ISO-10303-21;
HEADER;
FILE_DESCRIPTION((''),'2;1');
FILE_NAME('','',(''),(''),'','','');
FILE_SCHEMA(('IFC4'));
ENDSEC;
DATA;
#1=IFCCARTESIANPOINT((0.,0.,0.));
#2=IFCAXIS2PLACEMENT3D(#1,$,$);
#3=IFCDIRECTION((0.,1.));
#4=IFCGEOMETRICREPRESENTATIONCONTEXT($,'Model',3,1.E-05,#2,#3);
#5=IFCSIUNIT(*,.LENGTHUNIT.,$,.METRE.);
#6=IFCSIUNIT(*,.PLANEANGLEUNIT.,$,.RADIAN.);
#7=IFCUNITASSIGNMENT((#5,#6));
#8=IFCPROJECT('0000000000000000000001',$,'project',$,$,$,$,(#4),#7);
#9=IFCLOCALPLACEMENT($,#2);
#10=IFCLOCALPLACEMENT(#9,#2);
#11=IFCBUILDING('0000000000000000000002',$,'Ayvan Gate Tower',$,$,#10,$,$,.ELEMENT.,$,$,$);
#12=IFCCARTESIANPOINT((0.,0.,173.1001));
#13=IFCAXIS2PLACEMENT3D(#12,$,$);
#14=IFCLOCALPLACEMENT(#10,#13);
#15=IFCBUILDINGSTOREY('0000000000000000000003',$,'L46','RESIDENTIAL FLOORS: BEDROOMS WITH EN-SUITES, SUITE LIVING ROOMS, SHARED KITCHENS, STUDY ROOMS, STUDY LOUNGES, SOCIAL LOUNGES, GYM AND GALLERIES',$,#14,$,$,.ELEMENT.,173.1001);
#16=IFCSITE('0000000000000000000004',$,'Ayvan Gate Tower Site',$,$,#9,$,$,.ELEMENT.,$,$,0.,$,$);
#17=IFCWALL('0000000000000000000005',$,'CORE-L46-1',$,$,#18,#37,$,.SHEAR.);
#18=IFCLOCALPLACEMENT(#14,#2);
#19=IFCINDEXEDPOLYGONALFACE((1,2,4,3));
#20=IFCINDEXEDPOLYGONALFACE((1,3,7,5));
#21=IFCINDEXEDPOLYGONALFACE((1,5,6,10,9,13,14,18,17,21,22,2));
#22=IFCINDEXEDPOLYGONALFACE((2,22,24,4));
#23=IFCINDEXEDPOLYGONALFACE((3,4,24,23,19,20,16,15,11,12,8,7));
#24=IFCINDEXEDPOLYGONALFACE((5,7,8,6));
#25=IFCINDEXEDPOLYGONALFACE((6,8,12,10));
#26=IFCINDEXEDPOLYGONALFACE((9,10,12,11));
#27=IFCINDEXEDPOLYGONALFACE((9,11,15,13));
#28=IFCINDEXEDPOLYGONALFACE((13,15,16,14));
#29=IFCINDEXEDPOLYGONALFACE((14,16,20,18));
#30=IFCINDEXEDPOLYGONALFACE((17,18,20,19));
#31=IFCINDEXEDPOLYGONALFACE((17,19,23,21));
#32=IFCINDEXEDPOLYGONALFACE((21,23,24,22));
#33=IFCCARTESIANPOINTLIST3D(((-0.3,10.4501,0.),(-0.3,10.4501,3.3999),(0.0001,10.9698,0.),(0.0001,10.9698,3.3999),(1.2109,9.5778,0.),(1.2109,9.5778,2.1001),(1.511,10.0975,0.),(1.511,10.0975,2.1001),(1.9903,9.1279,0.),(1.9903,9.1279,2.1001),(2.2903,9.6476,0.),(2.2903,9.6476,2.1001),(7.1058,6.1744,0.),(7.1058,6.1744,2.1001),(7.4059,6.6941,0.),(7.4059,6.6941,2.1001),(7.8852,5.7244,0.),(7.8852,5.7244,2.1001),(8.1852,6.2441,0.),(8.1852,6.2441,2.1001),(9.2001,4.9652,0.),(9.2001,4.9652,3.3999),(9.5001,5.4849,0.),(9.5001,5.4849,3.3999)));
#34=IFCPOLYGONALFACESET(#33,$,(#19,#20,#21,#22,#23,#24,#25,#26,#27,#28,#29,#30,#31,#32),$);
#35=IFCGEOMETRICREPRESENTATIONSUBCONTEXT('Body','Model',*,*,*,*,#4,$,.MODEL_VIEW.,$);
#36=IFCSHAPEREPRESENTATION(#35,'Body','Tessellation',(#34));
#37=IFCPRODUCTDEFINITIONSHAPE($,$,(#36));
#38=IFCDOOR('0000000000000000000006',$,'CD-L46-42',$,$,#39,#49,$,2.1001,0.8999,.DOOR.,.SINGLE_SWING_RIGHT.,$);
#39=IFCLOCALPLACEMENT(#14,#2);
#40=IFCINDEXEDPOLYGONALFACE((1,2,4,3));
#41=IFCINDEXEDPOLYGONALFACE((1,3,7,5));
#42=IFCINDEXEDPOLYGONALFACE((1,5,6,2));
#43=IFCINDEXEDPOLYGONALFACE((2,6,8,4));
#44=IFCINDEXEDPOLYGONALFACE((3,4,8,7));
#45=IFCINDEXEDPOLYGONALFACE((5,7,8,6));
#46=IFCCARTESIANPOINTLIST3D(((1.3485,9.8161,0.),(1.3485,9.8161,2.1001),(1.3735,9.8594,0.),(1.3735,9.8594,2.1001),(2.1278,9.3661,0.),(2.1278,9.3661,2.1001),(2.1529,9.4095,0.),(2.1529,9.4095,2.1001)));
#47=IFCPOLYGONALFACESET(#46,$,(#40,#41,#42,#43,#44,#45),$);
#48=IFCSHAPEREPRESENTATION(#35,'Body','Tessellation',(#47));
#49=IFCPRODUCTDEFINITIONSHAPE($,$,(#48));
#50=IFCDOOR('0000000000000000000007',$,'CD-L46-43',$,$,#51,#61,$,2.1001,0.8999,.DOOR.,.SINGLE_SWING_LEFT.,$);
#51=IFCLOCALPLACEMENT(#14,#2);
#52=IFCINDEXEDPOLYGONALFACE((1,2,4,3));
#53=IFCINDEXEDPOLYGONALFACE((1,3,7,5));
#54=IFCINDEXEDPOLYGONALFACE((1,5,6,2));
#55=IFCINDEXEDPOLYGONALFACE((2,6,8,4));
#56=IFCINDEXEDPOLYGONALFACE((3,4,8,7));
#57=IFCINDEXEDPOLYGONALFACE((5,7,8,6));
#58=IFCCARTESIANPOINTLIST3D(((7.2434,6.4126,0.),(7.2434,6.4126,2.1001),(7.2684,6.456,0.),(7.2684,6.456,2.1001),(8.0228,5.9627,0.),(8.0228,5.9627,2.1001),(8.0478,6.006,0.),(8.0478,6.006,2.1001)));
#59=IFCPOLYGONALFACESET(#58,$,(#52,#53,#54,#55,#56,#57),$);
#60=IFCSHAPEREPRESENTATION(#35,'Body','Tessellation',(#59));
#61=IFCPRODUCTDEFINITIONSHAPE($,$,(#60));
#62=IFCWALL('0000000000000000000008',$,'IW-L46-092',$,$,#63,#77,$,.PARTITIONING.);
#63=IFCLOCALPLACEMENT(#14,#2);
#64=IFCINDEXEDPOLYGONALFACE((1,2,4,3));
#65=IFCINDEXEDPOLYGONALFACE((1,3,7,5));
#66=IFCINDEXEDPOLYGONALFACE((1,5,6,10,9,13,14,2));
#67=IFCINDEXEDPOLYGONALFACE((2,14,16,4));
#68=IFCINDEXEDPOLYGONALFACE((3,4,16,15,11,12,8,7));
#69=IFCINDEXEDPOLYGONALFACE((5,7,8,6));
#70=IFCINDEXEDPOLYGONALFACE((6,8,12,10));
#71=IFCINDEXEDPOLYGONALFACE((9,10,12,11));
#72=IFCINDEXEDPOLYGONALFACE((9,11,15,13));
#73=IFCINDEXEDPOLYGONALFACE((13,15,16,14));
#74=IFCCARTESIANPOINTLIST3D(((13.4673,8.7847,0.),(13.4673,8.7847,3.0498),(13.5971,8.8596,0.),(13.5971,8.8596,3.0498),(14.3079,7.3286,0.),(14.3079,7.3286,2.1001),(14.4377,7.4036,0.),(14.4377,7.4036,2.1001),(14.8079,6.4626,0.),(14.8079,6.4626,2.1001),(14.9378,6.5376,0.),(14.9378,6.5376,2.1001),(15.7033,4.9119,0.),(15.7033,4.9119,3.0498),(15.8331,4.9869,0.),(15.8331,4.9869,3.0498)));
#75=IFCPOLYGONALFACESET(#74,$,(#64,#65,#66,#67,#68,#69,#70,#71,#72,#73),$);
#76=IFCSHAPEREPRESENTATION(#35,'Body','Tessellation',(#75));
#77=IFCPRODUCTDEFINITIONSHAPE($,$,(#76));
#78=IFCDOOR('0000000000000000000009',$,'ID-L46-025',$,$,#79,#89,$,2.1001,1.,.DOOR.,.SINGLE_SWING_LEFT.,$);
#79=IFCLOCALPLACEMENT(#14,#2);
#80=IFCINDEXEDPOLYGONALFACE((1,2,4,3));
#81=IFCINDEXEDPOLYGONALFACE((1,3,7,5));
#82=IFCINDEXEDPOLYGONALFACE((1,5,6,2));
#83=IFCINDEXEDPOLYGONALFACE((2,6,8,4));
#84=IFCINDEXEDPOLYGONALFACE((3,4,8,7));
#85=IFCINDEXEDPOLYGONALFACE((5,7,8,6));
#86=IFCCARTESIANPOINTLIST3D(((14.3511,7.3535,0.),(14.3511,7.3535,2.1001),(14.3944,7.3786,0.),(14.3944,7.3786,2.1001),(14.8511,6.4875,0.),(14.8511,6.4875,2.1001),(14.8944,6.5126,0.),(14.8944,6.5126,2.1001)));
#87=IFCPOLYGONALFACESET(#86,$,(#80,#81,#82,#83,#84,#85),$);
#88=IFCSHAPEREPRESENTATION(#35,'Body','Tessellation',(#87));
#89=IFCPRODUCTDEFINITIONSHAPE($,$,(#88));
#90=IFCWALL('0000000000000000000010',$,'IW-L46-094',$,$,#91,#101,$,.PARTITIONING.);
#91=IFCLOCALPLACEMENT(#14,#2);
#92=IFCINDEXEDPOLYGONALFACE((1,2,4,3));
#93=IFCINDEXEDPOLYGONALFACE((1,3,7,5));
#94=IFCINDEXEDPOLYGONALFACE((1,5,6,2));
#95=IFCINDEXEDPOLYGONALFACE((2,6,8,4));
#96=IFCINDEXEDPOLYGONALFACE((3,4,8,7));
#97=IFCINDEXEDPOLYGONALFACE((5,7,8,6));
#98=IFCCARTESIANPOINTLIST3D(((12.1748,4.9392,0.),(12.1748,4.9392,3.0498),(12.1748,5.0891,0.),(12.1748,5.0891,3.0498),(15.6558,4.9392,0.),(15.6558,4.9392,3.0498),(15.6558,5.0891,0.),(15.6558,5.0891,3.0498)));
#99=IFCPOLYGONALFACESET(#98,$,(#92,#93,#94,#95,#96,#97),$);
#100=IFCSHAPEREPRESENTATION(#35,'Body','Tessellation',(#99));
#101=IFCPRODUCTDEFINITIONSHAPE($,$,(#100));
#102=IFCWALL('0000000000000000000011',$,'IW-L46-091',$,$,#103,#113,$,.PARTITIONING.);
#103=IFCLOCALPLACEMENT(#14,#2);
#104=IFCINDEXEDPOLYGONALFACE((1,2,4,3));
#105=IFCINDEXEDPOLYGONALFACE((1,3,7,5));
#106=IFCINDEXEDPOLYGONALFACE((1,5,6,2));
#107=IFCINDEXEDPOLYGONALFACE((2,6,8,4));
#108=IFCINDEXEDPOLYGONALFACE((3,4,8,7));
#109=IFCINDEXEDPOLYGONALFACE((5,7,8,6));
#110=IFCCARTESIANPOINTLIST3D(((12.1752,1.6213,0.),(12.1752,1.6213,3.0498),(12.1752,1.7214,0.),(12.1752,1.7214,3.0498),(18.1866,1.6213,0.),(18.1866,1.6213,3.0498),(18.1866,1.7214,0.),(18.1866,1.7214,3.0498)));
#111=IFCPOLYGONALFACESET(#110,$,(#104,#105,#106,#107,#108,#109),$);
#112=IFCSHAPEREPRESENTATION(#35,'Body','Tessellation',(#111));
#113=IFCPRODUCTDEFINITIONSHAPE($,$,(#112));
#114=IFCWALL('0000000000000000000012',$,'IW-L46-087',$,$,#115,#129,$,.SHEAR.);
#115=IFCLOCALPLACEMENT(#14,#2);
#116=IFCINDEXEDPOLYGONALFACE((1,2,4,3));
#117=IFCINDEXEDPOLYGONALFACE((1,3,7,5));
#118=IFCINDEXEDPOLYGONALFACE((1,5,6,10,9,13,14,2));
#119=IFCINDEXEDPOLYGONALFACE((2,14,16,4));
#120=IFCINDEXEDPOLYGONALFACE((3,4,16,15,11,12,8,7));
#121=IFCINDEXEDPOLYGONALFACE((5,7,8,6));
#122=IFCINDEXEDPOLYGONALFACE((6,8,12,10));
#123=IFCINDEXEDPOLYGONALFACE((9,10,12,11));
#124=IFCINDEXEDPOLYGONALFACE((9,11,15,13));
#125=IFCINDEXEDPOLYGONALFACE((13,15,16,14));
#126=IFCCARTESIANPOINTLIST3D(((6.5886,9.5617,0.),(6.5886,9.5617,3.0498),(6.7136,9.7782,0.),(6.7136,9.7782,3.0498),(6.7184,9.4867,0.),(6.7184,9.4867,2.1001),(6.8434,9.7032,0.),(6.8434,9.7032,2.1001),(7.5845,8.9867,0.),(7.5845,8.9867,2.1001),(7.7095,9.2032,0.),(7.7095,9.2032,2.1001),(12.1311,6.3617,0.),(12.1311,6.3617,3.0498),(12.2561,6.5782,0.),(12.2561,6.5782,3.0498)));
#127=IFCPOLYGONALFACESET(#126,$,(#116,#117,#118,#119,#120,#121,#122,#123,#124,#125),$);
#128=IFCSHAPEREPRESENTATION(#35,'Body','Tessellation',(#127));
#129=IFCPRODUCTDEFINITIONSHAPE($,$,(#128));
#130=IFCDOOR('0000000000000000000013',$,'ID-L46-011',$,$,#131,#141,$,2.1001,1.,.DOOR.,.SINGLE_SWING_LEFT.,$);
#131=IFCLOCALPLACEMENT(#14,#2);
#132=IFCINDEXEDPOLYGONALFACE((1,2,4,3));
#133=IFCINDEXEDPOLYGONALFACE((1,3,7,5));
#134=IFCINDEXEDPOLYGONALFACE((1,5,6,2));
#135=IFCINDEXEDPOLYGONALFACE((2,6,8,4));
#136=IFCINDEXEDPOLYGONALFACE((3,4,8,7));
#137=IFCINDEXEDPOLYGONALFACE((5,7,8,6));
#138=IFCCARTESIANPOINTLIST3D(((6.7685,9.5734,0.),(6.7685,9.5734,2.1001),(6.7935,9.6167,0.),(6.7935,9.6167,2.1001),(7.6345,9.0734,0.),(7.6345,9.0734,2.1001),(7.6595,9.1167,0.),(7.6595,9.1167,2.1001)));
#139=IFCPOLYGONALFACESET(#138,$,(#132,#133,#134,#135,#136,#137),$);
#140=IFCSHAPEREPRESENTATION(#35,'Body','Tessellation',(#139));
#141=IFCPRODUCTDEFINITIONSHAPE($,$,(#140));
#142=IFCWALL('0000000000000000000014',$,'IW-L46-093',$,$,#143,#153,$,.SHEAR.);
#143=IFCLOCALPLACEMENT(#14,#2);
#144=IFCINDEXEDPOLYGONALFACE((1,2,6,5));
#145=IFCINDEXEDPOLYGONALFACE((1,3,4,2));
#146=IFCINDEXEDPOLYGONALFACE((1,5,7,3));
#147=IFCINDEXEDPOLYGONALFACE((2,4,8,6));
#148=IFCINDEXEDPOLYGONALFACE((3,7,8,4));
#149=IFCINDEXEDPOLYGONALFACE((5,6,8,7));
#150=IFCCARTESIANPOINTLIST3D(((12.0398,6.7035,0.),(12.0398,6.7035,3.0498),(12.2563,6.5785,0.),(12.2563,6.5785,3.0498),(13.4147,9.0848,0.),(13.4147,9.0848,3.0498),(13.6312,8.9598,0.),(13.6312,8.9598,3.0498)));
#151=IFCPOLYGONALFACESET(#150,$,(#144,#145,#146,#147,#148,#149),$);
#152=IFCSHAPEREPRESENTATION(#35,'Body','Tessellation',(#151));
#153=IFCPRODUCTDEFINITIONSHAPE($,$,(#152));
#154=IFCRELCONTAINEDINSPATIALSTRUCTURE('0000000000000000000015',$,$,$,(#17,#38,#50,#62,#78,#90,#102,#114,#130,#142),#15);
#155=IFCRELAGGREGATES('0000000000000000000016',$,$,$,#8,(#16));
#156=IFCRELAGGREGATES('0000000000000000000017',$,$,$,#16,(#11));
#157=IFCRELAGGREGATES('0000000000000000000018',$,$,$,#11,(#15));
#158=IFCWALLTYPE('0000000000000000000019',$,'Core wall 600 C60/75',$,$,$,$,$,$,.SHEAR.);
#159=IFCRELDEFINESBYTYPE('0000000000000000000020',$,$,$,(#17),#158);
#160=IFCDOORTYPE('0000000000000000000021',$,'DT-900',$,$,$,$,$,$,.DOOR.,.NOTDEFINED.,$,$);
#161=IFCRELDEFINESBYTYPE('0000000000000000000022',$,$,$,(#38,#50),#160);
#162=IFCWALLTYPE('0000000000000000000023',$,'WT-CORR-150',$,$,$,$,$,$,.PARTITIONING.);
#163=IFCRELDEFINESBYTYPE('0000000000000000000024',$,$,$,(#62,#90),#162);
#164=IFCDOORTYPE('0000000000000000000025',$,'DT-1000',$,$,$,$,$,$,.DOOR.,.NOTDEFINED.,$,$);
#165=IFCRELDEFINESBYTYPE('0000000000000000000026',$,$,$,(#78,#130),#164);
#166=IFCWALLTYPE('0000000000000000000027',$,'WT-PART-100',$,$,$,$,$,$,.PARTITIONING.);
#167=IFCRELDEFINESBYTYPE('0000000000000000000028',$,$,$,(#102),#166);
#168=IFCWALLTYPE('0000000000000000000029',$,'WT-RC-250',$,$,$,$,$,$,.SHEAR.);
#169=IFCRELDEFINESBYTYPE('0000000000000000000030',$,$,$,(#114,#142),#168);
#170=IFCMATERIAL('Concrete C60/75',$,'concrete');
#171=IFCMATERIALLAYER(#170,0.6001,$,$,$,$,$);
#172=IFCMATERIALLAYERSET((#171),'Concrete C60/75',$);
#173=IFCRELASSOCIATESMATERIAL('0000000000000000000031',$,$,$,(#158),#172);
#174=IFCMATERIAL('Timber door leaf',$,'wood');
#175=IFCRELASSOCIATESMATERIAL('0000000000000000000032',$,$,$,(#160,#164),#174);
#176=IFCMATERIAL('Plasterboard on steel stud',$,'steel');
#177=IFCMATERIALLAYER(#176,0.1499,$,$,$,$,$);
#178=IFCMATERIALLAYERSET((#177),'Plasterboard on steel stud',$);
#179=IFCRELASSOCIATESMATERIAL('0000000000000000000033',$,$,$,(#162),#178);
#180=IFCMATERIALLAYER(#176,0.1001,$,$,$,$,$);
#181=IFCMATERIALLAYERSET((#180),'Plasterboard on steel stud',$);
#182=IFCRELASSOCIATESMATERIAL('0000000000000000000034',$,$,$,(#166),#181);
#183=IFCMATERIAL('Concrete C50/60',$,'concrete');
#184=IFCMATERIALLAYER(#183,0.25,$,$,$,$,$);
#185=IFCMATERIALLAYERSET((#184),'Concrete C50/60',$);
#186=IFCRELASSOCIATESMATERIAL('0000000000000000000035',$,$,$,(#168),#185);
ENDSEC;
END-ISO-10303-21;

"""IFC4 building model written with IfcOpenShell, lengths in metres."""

from ifc_helpers import new_model, si_unit, direction, frame, frame_2d, origin, place, context, subcontext, project, spatial, rectangle, extrude, material, layer, layer_set, type_object, element, fill, save


model = new_model("IFC4")

# Units and contexts
model_context = context("Model", 3, precision=1e-05, world=origin(), true_north=direction((0.0, 1.0)))
body_context = subcontext(model_context, "Body", "Model", "MODEL_VIEW")
ifc_project = project(units=[si_unit("LENGTHUNIT", "METRE"), si_unit("PLANEANGLEUNIT", "RADIAN")], contexts=[model_context])

# Site, building, storey
site_placement = place(None, origin())
site = spatial("IfcSite", under=ifc_project, at=site_placement, Name="Ayvan Gate Tower Site", CompositionType="ELEMENT", RefElevation=0.0)
building_placement = place(site_placement, origin())
building = spatial("IfcBuilding", under=site, at=building_placement, Name="Ayvan Gate Tower", CompositionType="ELEMENT")
storey_placement = place(building_placement, frame((0.0, 0.0, 173.1001)))
storey = spatial("IfcBuildingStorey", under=building, at=storey_placement, Name="L46", Description="RESIDENTIAL FLOORS: BEDROOMS WITH EN-SUITES, SUITE LIVING ROOMS, SHARED KITCHENS, STUDY ROOMS, STUDY LOUNGES, SOCIAL LOUNGES, GYM AND GALLERIES", CompositionType="ELEMENT", Elevation=173.1001)

# Wall, openings, doors
ifc_material_1 = material(Name="Concrete C60/75", Category="concrete")
ifc_layer_1 = layer(ifc_material_1, 0.6001)
ifc_layer_set_1 = layer_set([ifc_layer_1], Name="Concrete C60/75")
wall_type_1 = type_object("IfcWallType", Name="Core wall 600 C60/75", PredefinedType="SHEAR", material=ifc_layer_set_1)
wall_1_placement = place(storey_placement, frame((9.3501, 5.2251, 0.0), z_axis=(0.0, 0.0, 1.0), x_axis=(-0.866024, 0.500002, 0.0)))
wall_1 = element("IfcWall", 1, at=wall_1_placement, inside=storey, type_object=wall_type_1, Name="CORE-L46-1", PredefinedType="SHEAR", context=body_context, shape_type="SweptSolid", body=[
    extrude(rectangle(XDim=10.9697, YDim=0.6001, at=frame_2d((5.4849, 0.0))), origin(), (0.0, 0.0, 1.0), 3.3999),
])
opening_1_placement = place(wall_1_placement, frame((8.3252, 0.0, 0.0)))
opening_1 = element("IfcOpeningElement", 2, at=opening_1_placement, cuts=wall_1, PredefinedType="OPENING", context=body_context, shape_type="SweptSolid", body=[
    extrude(rectangle(XDim=0.8999, YDim=2.1001, at=frame_2d((0.45, 1.05))), frame((0.0, 0.3101, 0.0), z_axis=(0.0, -1.0, 0.0), x_axis=(1.0, 0.0, 0.0)), (0.0, 0.0, 1.0), 0.6201),
])
opening_2_placement = place(wall_1_placement, frame((1.5183, 0.0, 0.0)))
opening_2 = element("IfcOpeningElement", 3, at=opening_2_placement, cuts=wall_1, PredefinedType="OPENING", context=body_context, shape_type="SweptSolid", body=[
    extrude(rectangle(XDim=0.8999, YDim=2.1001, at=frame_2d((0.45, 1.05))), frame((0.0, 0.3101, 0.0), z_axis=(0.0, -1.0, 0.0), x_axis=(1.0, 0.0, 0.0)), (0.0, 0.0, 1.0), 0.6201),
])
ifc_material_2 = material(Name="Timber door leaf", Category="wood")
door_type_1 = type_object("IfcDoorType", Name="DT-900", OperationType="NOTDEFINED", PredefinedType="DOOR", material=ifc_material_2)
door_1_placement = place(opening_1_placement, origin())
door_1 = element("IfcDoor", 4, at=door_1_placement, inside=storey, type_object=door_type_1, Name="CD-L46-42", OperationType="SINGLE_SWING_RIGHT", OverallHeight=2.1001, OverallWidth=0.8999, PredefinedType="DOOR", context=body_context, shape_type="SweptSolid", body=[
    extrude(rectangle(XDim=0.8999, YDim=2.1001, at=frame_2d((0.45, 1.05))), frame((0.0, 0.0249, 0.0), z_axis=(0.0, -1.0, 0.0), x_axis=(1.0, 0.0, 0.0)), (0.0, 0.0, 1.0), 0.05),
])
fill(opening_1, door_1)
door_2_placement = place(opening_2_placement, origin())
door_2 = element("IfcDoor", 5, at=door_2_placement, inside=storey, type_object=door_type_1, Name="CD-L46-43", OperationType="SINGLE_SWING_LEFT", OverallHeight=2.1001, OverallWidth=0.8999, PredefinedType="DOOR", context=body_context, shape_type="SweptSolid", body=[
    extrude(rectangle(XDim=0.8999, YDim=2.1001, at=frame_2d((0.45, 1.05))), frame((0.0, 0.0249, 0.0), z_axis=(0.0, -1.0, 0.0), x_axis=(1.0, 0.0, 0.0)), (0.0, 0.0, 1.0), 0.05),
])
fill(opening_2, door_2)

# Wall, opening, door
ifc_material_3 = material(Name="Plasterboard on steel stud", Category="steel")
ifc_layer_2 = layer(ifc_material_3, 0.1499)
ifc_layer_set_2 = layer_set([ifc_layer_2], Name="Plasterboard on steel stud")
wall_type_2 = type_object("IfcWallType", Name="WT-CORR-150", PredefinedType="PARTITIONING", material=ifc_layer_set_2)
wall_2_placement = place(storey_placement, frame((13.5322, 8.822, 0.0), z_axis=(0.0, 0.0, 1.0), x_axis=(0.50002, -0.866014, 0.0)))
wall_2 = element("IfcWall", 6, at=wall_2_placement, inside=storey, type_object=wall_type_2, Name="IW-L46-092", PredefinedType="PARTITIONING", context=body_context, shape_type="SweptSolid", body=[
    extrude(rectangle(XDim=4.4719, YDim=0.1499, at=frame_2d((2.2358, 0.0))), origin(), (0.0, 0.0, 1.0), 3.0498),
])
opening_3_placement = place(wall_2_placement, frame((1.6812, 0.0, 0.0)))
opening_3 = element("IfcOpeningElement", 7, at=opening_3_placement, cuts=wall_2, PredefinedType="OPENING", context=body_context, shape_type="SweptSolid", body=[
    extrude(rectangle(XDim=1.0, YDim=2.1001, at=frame_2d((0.5, 1.05))), frame((0.0, 0.085, 0.0), z_axis=(0.0, -1.0, 0.0), x_axis=(1.0, 0.0, 0.0)), (0.0, 0.0, 1.0), 0.1699),
])
door_type_2 = type_object("IfcDoorType", Name="DT-1000", OperationType="NOTDEFINED", PredefinedType="DOOR", material=ifc_material_2)
door_3_placement = place(opening_3_placement, origin())
door_3 = element("IfcDoor", 8, at=door_3_placement, inside=storey, type_object=door_type_2, Name="ID-L46-025", OperationType="SINGLE_SWING_LEFT", OverallHeight=2.1001, OverallWidth=1.0, PredefinedType="DOOR", context=body_context, shape_type="SweptSolid", body=[
    extrude(rectangle(XDim=1.0, YDim=2.1001, at=frame_2d((0.5, 1.05))), frame((0.0, 0.0249, 0.0), z_axis=(0.0, -1.0, 0.0), x_axis=(1.0, 0.0, 0.0)), (0.0, 0.0, 1.0), 0.05),
])
fill(opening_3, door_3)

# Walls
wall_3_placement = place(storey_placement, frame((15.6558, 5.0142, 0.0), z_axis=(0.0, 0.0, 1.0), x_axis=(-1.0, 0.0, 0.0)))
element("IfcWall", 9, at=wall_3_placement, inside=storey, type_object=wall_type_2, Name="IW-L46-094", PredefinedType="PARTITIONING", context=body_context, shape_type="SweptSolid", body=[
    extrude(rectangle(XDim=3.481, YDim=0.1499, at=frame_2d((1.7405, 0.0))), origin(), (0.0, 0.0, 1.0), 3.0498),
])
ifc_layer_3 = layer(ifc_material_3, 0.1001)
ifc_layer_set_3 = layer_set([ifc_layer_3], Name="Plasterboard on steel stud")
wall_type_3 = type_object("IfcWallType", Name="WT-PART-100", PredefinedType="PARTITIONING", material=ifc_layer_set_3)
wall_4_placement = place(storey_placement, frame((12.175, 1.6714, 0.0), z_axis=(0.0, 0.0, 1.0), x_axis=(1.0, 0.0, 0.0)))
element("IfcWall", 10, at=wall_4_placement, inside=storey, type_object=wall_type_3, Name="IW-L46-091", PredefinedType="PARTITIONING", context=body_context, shape_type="SweptSolid", body=[
    extrude(rectangle(XDim=6.0115, YDim=0.1001, at=frame_2d((3.0059, 0.0))), origin(), (0.0, 0.0, 1.0), 3.0498),
])

# Wall, opening, door
ifc_material_4 = material(Name="Concrete C50/60", Category="concrete")
ifc_layer_4 = layer(ifc_material_4, 0.25)
ifc_layer_set_4 = layer_set([ifc_layer_4], Name="Concrete C50/60")
wall_type_4 = type_object("IfcWallType", Name="WT-RC-250", PredefinedType="SHEAR", material=ifc_layer_set_4)
wall_5_placement = place(storey_placement, frame((12.1936, 6.47, 0.0), z_axis=(0.0, 0.0, 1.0), x_axis=(-0.866025, 0.5, 0.0)))
wall_5 = element("IfcWall", 11, at=wall_5_placement, inside=storey, type_object=wall_type_4, Name="IW-L46-087", PredefinedType="SHEAR", context=body_context, shape_type="SweptSolid", body=[
    extrude(rectangle(XDim=6.3999, YDim=0.25, at=frame_2d((3.2, 0.0))), origin(), (0.0, 0.0, 1.0), 3.0498),
])
opening_4_placement = place(wall_5_placement, frame((5.25, 0.0, 0.0)))
opening_4 = element("IfcOpeningElement", 12, at=opening_4_placement, cuts=wall_5, PredefinedType="OPENING", context=body_context, shape_type="SweptSolid", body=[
    extrude(rectangle(XDim=1.0, YDim=2.1001, at=frame_2d((0.5, 1.05))), frame((0.0, 0.135, 0.0), z_axis=(0.0, -1.0, 0.0), x_axis=(1.0, 0.0, 0.0)), (0.0, 0.0, 1.0), 0.27),
])
door_4_placement = place(opening_4_placement, origin())
door_4 = element("IfcDoor", 13, at=door_4_placement, inside=storey, type_object=door_type_2, Name="ID-L46-011", OperationType="SINGLE_SWING_LEFT", OverallHeight=2.1001, OverallWidth=1.0, PredefinedType="DOOR", context=body_context, shape_type="SweptSolid", body=[
    extrude(rectangle(XDim=1.0, YDim=2.1001, at=frame_2d((0.5, 1.05))), frame((0.0, 0.0249, 0.0), z_axis=(0.0, -1.0, 0.0), x_axis=(1.0, 0.0, 0.0)), (0.0, 0.0, 1.0), 0.05),
])
fill(opening_4, door_4)

# Wall
wall_6_placement = place(storey_placement, frame((12.1479, 6.6409, 0.0), z_axis=(0.0, 0.0, 1.0), x_axis=(0.500035, 0.866005, 0.0)))
element("IfcWall", 14, at=wall_6_placement, inside=storey, type_object=wall_type_4, Name="IW-L46-093", PredefinedType="SHEAR", context=body_context, shape_type="SweptSolid", body=[
    extrude(rectangle(XDim=2.7498, YDim=0.25, at=frame_2d((1.375, 0.0))), origin(), (0.0, 0.0, 1.0), 3.0498),
])

save(model, "model.ifc")
